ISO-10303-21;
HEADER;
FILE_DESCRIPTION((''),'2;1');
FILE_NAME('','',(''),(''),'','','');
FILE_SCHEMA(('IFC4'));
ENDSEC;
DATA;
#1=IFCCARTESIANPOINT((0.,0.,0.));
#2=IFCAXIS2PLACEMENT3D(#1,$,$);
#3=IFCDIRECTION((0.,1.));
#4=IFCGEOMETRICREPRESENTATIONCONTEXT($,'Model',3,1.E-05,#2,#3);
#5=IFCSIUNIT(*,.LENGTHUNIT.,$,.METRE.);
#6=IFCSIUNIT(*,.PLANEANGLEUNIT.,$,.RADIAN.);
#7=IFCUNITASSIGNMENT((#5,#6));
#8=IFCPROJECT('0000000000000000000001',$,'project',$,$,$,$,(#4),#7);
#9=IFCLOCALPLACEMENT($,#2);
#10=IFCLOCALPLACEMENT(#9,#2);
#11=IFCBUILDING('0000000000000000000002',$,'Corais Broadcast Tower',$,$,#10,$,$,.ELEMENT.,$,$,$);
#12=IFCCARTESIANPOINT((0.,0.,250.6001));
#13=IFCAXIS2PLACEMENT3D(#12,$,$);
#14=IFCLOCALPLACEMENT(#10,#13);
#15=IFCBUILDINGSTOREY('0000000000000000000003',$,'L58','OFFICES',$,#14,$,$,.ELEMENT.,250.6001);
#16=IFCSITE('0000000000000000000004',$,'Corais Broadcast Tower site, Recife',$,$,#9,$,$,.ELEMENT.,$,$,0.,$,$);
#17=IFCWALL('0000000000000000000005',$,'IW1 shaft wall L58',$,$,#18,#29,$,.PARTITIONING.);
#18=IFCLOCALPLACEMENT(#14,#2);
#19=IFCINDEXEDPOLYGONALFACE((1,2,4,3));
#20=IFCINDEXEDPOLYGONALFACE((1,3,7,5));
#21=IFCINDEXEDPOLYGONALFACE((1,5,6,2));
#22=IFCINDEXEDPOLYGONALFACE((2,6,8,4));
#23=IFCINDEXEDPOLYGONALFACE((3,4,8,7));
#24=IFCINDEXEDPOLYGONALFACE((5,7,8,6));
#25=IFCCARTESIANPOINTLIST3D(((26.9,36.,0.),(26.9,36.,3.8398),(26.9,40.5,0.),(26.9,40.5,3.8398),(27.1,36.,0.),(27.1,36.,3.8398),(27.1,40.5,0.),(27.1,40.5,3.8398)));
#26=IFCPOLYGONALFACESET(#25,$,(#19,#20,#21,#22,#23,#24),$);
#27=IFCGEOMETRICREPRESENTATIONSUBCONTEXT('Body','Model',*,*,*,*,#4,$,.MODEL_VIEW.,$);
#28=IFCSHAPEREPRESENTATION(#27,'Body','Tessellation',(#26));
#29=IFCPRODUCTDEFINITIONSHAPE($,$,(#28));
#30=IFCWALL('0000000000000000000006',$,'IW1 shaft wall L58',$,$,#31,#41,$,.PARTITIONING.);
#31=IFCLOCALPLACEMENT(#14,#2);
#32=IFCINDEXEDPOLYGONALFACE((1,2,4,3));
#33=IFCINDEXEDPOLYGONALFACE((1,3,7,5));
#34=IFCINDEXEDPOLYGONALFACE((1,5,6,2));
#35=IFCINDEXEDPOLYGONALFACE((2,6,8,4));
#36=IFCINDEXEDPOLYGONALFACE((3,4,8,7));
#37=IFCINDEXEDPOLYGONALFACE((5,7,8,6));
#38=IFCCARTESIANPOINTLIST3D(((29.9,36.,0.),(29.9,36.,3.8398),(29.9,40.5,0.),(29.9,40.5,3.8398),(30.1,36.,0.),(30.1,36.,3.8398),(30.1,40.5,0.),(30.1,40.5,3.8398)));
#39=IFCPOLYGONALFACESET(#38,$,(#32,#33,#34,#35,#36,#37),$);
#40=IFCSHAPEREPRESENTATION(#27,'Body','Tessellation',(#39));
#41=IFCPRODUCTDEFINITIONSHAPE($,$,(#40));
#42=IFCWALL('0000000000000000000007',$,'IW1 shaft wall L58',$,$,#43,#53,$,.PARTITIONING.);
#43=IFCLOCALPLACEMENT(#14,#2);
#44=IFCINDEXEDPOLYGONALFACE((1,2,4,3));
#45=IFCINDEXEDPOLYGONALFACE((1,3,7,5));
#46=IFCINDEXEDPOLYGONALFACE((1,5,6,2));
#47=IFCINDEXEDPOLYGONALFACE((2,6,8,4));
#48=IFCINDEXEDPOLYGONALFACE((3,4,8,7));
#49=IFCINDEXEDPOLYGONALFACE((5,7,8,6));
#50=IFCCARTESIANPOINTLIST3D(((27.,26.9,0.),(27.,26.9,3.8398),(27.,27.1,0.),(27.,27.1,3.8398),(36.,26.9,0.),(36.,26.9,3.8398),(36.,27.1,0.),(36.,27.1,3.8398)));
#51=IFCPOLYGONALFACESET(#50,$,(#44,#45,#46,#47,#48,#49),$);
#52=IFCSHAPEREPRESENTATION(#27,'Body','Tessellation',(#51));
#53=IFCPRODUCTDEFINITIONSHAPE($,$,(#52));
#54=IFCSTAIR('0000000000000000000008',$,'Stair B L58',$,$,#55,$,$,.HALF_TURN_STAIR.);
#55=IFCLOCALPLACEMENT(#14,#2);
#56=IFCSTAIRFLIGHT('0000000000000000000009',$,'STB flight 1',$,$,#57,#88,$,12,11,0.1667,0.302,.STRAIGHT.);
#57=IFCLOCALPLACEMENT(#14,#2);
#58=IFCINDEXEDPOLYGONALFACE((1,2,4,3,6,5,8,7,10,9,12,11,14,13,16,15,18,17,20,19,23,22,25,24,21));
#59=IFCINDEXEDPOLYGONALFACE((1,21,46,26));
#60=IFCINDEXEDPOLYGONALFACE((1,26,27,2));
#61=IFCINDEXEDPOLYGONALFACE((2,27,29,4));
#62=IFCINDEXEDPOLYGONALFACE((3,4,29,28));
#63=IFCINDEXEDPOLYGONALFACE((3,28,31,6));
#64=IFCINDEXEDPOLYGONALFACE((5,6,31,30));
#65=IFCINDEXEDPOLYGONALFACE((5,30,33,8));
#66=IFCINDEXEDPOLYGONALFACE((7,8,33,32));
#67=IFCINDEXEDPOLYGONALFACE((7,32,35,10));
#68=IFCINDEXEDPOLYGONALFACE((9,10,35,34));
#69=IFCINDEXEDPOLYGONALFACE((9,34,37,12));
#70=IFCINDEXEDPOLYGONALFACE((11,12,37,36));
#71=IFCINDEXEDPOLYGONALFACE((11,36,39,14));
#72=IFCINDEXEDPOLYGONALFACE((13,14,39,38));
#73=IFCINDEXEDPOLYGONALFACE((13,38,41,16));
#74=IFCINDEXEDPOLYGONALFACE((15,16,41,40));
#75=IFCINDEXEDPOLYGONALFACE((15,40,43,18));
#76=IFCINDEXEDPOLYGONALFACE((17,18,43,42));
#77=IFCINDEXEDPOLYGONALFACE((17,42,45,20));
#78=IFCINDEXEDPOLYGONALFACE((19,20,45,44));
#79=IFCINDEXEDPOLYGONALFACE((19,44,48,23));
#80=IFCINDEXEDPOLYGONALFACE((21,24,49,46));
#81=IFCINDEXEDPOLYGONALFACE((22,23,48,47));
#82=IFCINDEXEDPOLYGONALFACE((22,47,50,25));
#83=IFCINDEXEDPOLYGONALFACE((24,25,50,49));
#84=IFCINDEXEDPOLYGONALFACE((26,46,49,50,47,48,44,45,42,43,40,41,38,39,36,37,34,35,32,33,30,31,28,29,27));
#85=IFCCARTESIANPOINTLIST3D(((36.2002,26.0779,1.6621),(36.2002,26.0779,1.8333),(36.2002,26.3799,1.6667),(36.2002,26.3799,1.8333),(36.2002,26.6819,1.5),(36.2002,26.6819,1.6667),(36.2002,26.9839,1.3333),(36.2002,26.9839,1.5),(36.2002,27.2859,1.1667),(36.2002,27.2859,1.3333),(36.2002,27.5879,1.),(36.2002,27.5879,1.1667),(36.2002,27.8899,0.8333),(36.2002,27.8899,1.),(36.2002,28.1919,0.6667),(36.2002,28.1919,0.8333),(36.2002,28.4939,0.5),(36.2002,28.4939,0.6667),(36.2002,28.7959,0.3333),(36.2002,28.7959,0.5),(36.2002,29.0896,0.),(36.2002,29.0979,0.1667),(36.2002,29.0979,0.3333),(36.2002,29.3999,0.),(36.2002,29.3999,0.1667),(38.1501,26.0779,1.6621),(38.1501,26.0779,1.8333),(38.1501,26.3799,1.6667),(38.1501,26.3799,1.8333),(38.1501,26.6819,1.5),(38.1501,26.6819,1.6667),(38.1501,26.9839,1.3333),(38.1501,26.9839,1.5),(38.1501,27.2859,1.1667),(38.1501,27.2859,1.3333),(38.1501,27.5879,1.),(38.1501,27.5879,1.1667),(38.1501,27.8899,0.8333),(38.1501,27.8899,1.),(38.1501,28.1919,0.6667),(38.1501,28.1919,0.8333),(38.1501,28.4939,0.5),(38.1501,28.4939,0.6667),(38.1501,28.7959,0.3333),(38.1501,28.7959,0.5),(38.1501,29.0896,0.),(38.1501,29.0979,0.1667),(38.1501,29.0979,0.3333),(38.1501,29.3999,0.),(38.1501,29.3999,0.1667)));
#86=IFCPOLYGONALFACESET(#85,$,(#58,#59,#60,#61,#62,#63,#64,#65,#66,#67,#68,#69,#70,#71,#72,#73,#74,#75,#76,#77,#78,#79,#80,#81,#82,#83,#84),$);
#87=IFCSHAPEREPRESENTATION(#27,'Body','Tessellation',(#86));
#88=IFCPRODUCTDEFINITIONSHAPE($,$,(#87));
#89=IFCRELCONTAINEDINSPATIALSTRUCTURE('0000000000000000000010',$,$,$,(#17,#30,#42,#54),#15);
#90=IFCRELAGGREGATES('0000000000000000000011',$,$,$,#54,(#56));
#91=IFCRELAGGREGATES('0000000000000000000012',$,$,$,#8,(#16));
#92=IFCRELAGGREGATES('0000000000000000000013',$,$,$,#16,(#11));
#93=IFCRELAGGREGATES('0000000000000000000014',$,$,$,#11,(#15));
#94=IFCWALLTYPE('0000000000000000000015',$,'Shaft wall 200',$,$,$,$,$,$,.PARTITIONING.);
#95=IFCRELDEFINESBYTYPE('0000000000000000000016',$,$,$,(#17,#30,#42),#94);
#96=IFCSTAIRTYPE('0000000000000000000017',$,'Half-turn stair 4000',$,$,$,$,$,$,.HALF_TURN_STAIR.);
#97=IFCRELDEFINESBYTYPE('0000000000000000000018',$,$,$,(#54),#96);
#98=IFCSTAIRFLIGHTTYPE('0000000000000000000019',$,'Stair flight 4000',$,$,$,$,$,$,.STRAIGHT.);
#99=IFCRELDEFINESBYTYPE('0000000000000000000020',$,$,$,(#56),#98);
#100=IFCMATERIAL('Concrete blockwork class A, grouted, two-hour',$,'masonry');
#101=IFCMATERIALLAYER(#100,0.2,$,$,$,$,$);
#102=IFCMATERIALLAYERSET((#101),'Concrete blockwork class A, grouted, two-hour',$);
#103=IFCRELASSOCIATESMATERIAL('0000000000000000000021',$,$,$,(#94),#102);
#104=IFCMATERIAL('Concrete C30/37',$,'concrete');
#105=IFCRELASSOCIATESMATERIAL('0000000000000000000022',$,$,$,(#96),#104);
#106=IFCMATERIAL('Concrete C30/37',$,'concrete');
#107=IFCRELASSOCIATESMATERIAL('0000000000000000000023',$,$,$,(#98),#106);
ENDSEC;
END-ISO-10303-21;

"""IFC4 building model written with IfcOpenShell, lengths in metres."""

from ifc_helpers import new_model, si_unit, direction, frame, frame_2d, origin, place, context, subcontext, project, spatial, polyline, rectangle, outline, extrude, material, layer, layer_set, type_object, element, aggregate, save


model = new_model("IFC4")

# Units and contexts
model_context = context("Model", 3, precision=1e-05, world=origin(), true_north=direction((0.0, 1.0)))
body_context = subcontext(model_context, "Body", "Model", "MODEL_VIEW")
ifc_project = project(units=[si_unit("LENGTHUNIT", "METRE"), si_unit("PLANEANGLEUNIT", "RADIAN")], contexts=[model_context])

# Site, building, storey
site_placement = place(None, origin())
site = spatial("IfcSite", under=ifc_project, at=site_placement, Name="Corais Broadcast Tower site, Recife", CompositionType="ELEMENT", RefElevation=0.0)
building_placement = place(site_placement, origin())
building = spatial("IfcBuilding", under=site, at=building_placement, Name="Corais Broadcast Tower", CompositionType="ELEMENT")
storey_placement = place(building_placement, frame((0.0, 0.0, 250.6001)))
storey = spatial("IfcBuildingStorey", under=building, at=storey_placement, Name="L58", Description="OFFICES", CompositionType="ELEMENT", Elevation=250.6001)

# Walls
ifc_material_1 = material(Name="Concrete blockwork class A, grouted, two-hour", Category="masonry")
ifc_layer_1 = layer(ifc_material_1, 0.2)
ifc_layer_set_1 = layer_set([ifc_layer_1], Name="Concrete blockwork class A, grouted, two-hour")
wall_type_1 = type_object("IfcWallType", Name="Shaft wall 200", PredefinedType="PARTITIONING", material=ifc_layer_set_1)
for number, where, z_axis, x_axis, name in (
    (1, (27.0, 36.0, 0.0), (0.0, 0.0, 1.0), (0.0, 1.0, 0.0), "IW1 shaft wall L58"),
    (2, (30.0, 36.0, 0.0), (0.0, 0.0, 1.0), (0.0, 1.0, 0.0), "IW1 shaft wall L58"),
):
    element("IfcWall", number, at=place(storey_placement, frame(where, z_axis=z_axis, x_axis=x_axis)), inside=storey, type_object=wall_type_1, Name=name, PredefinedType="PARTITIONING", context=body_context, shape_type="SweptSolid", body=[
        extrude(rectangle(XDim=4.5, YDim=0.2, at=frame_2d((2.25, 0.0))), origin(), (0.0, 0.0, 1.0), 3.8398),
    ])
wall_1_placement = place(storey_placement, frame((27.0, 27.0, 0.0), z_axis=(0.0, 0.0, 1.0), x_axis=(1.0, 0.0, 0.0)))
element("IfcWall", 3, at=wall_1_placement, inside=storey, type_object=wall_type_1, Name="IW1 shaft wall L58", PredefinedType="PARTITIONING", context=body_context, shape_type="SweptSolid", body=[
    extrude(rectangle(XDim=9.0, YDim=0.2, at=frame_2d((4.5, 0.0))), origin(), (0.0, 0.0, 1.0), 3.8398),
])

# Stair, stair flight
ifc_material_2 = material(Name="Concrete C30/37", Category="concrete")
stair_type = type_object("IfcStairType", Name="Half-turn stair 4000", PredefinedType="HALF_TURN_STAIR", material=ifc_material_2)
stair_placement = place(storey_placement, origin())
stair = element("IfcStair", 4, at=stair_placement, inside=storey, type_object=stair_type, Name="Stair B L58", PredefinedType="HALF_TURN_STAIR")
ifc_material_3 = material(Name="Concrete C30/37", Category="concrete")
stair_flight_type = type_object("IfcStairFlightType", Name="Stair flight 4000", PredefinedType="STRAIGHT", material=ifc_material_3)
stair_flight_placement = place(storey_placement, frame((37.175, 29.3999, 0.0), z_axis=(0.0, 0.0, 1.0), x_axis=(0.0, -1.0, 0.0)))
stair_flight = element("IfcStairFlight", 5, at=stair_flight_placement, type_object=stair_flight_type, Name="STB flight 1", NumberOfRisers=12, NumberOfTreads=11, PredefinedType="STRAIGHT", RiserHeight=0.1667, TreadLength=0.302, context=body_context, shape_type="SweptSolid", body=[
    extrude(outline(polyline([(0.0, 0.0), (0.0, 0.1667), (0.302, 0.1667), (0.302, 0.3333), (0.604, 0.3333), (0.604, 0.5), (0.906, 0.5), (0.906, 0.6667), (1.208, 0.6667), (1.208, 0.8333), (1.51, 0.8333), (1.51, 1.0), (1.812, 1.0), (1.812, 1.1667), (2.114, 1.1667), (2.114, 1.3333), (2.416, 1.3333), (2.416, 1.5), (2.718, 1.5), (2.718, 1.6667), (3.02, 1.6667), (3.02, 1.8333), (3.322, 1.8333), (3.322, 2.0), (3.322, 1.6621), (0.3103, 0.0), (0.0, 0.0)])), frame((0.0, 0.9751, 0.0), z_axis=(0.0, -1.0, 0.0), x_axis=(1.0, 0.0, 0.0)), (0.0, 0.0, 1.0), 1.95),
])
aggregate(stair, [stair_flight])

save(model, "model.ifc")
